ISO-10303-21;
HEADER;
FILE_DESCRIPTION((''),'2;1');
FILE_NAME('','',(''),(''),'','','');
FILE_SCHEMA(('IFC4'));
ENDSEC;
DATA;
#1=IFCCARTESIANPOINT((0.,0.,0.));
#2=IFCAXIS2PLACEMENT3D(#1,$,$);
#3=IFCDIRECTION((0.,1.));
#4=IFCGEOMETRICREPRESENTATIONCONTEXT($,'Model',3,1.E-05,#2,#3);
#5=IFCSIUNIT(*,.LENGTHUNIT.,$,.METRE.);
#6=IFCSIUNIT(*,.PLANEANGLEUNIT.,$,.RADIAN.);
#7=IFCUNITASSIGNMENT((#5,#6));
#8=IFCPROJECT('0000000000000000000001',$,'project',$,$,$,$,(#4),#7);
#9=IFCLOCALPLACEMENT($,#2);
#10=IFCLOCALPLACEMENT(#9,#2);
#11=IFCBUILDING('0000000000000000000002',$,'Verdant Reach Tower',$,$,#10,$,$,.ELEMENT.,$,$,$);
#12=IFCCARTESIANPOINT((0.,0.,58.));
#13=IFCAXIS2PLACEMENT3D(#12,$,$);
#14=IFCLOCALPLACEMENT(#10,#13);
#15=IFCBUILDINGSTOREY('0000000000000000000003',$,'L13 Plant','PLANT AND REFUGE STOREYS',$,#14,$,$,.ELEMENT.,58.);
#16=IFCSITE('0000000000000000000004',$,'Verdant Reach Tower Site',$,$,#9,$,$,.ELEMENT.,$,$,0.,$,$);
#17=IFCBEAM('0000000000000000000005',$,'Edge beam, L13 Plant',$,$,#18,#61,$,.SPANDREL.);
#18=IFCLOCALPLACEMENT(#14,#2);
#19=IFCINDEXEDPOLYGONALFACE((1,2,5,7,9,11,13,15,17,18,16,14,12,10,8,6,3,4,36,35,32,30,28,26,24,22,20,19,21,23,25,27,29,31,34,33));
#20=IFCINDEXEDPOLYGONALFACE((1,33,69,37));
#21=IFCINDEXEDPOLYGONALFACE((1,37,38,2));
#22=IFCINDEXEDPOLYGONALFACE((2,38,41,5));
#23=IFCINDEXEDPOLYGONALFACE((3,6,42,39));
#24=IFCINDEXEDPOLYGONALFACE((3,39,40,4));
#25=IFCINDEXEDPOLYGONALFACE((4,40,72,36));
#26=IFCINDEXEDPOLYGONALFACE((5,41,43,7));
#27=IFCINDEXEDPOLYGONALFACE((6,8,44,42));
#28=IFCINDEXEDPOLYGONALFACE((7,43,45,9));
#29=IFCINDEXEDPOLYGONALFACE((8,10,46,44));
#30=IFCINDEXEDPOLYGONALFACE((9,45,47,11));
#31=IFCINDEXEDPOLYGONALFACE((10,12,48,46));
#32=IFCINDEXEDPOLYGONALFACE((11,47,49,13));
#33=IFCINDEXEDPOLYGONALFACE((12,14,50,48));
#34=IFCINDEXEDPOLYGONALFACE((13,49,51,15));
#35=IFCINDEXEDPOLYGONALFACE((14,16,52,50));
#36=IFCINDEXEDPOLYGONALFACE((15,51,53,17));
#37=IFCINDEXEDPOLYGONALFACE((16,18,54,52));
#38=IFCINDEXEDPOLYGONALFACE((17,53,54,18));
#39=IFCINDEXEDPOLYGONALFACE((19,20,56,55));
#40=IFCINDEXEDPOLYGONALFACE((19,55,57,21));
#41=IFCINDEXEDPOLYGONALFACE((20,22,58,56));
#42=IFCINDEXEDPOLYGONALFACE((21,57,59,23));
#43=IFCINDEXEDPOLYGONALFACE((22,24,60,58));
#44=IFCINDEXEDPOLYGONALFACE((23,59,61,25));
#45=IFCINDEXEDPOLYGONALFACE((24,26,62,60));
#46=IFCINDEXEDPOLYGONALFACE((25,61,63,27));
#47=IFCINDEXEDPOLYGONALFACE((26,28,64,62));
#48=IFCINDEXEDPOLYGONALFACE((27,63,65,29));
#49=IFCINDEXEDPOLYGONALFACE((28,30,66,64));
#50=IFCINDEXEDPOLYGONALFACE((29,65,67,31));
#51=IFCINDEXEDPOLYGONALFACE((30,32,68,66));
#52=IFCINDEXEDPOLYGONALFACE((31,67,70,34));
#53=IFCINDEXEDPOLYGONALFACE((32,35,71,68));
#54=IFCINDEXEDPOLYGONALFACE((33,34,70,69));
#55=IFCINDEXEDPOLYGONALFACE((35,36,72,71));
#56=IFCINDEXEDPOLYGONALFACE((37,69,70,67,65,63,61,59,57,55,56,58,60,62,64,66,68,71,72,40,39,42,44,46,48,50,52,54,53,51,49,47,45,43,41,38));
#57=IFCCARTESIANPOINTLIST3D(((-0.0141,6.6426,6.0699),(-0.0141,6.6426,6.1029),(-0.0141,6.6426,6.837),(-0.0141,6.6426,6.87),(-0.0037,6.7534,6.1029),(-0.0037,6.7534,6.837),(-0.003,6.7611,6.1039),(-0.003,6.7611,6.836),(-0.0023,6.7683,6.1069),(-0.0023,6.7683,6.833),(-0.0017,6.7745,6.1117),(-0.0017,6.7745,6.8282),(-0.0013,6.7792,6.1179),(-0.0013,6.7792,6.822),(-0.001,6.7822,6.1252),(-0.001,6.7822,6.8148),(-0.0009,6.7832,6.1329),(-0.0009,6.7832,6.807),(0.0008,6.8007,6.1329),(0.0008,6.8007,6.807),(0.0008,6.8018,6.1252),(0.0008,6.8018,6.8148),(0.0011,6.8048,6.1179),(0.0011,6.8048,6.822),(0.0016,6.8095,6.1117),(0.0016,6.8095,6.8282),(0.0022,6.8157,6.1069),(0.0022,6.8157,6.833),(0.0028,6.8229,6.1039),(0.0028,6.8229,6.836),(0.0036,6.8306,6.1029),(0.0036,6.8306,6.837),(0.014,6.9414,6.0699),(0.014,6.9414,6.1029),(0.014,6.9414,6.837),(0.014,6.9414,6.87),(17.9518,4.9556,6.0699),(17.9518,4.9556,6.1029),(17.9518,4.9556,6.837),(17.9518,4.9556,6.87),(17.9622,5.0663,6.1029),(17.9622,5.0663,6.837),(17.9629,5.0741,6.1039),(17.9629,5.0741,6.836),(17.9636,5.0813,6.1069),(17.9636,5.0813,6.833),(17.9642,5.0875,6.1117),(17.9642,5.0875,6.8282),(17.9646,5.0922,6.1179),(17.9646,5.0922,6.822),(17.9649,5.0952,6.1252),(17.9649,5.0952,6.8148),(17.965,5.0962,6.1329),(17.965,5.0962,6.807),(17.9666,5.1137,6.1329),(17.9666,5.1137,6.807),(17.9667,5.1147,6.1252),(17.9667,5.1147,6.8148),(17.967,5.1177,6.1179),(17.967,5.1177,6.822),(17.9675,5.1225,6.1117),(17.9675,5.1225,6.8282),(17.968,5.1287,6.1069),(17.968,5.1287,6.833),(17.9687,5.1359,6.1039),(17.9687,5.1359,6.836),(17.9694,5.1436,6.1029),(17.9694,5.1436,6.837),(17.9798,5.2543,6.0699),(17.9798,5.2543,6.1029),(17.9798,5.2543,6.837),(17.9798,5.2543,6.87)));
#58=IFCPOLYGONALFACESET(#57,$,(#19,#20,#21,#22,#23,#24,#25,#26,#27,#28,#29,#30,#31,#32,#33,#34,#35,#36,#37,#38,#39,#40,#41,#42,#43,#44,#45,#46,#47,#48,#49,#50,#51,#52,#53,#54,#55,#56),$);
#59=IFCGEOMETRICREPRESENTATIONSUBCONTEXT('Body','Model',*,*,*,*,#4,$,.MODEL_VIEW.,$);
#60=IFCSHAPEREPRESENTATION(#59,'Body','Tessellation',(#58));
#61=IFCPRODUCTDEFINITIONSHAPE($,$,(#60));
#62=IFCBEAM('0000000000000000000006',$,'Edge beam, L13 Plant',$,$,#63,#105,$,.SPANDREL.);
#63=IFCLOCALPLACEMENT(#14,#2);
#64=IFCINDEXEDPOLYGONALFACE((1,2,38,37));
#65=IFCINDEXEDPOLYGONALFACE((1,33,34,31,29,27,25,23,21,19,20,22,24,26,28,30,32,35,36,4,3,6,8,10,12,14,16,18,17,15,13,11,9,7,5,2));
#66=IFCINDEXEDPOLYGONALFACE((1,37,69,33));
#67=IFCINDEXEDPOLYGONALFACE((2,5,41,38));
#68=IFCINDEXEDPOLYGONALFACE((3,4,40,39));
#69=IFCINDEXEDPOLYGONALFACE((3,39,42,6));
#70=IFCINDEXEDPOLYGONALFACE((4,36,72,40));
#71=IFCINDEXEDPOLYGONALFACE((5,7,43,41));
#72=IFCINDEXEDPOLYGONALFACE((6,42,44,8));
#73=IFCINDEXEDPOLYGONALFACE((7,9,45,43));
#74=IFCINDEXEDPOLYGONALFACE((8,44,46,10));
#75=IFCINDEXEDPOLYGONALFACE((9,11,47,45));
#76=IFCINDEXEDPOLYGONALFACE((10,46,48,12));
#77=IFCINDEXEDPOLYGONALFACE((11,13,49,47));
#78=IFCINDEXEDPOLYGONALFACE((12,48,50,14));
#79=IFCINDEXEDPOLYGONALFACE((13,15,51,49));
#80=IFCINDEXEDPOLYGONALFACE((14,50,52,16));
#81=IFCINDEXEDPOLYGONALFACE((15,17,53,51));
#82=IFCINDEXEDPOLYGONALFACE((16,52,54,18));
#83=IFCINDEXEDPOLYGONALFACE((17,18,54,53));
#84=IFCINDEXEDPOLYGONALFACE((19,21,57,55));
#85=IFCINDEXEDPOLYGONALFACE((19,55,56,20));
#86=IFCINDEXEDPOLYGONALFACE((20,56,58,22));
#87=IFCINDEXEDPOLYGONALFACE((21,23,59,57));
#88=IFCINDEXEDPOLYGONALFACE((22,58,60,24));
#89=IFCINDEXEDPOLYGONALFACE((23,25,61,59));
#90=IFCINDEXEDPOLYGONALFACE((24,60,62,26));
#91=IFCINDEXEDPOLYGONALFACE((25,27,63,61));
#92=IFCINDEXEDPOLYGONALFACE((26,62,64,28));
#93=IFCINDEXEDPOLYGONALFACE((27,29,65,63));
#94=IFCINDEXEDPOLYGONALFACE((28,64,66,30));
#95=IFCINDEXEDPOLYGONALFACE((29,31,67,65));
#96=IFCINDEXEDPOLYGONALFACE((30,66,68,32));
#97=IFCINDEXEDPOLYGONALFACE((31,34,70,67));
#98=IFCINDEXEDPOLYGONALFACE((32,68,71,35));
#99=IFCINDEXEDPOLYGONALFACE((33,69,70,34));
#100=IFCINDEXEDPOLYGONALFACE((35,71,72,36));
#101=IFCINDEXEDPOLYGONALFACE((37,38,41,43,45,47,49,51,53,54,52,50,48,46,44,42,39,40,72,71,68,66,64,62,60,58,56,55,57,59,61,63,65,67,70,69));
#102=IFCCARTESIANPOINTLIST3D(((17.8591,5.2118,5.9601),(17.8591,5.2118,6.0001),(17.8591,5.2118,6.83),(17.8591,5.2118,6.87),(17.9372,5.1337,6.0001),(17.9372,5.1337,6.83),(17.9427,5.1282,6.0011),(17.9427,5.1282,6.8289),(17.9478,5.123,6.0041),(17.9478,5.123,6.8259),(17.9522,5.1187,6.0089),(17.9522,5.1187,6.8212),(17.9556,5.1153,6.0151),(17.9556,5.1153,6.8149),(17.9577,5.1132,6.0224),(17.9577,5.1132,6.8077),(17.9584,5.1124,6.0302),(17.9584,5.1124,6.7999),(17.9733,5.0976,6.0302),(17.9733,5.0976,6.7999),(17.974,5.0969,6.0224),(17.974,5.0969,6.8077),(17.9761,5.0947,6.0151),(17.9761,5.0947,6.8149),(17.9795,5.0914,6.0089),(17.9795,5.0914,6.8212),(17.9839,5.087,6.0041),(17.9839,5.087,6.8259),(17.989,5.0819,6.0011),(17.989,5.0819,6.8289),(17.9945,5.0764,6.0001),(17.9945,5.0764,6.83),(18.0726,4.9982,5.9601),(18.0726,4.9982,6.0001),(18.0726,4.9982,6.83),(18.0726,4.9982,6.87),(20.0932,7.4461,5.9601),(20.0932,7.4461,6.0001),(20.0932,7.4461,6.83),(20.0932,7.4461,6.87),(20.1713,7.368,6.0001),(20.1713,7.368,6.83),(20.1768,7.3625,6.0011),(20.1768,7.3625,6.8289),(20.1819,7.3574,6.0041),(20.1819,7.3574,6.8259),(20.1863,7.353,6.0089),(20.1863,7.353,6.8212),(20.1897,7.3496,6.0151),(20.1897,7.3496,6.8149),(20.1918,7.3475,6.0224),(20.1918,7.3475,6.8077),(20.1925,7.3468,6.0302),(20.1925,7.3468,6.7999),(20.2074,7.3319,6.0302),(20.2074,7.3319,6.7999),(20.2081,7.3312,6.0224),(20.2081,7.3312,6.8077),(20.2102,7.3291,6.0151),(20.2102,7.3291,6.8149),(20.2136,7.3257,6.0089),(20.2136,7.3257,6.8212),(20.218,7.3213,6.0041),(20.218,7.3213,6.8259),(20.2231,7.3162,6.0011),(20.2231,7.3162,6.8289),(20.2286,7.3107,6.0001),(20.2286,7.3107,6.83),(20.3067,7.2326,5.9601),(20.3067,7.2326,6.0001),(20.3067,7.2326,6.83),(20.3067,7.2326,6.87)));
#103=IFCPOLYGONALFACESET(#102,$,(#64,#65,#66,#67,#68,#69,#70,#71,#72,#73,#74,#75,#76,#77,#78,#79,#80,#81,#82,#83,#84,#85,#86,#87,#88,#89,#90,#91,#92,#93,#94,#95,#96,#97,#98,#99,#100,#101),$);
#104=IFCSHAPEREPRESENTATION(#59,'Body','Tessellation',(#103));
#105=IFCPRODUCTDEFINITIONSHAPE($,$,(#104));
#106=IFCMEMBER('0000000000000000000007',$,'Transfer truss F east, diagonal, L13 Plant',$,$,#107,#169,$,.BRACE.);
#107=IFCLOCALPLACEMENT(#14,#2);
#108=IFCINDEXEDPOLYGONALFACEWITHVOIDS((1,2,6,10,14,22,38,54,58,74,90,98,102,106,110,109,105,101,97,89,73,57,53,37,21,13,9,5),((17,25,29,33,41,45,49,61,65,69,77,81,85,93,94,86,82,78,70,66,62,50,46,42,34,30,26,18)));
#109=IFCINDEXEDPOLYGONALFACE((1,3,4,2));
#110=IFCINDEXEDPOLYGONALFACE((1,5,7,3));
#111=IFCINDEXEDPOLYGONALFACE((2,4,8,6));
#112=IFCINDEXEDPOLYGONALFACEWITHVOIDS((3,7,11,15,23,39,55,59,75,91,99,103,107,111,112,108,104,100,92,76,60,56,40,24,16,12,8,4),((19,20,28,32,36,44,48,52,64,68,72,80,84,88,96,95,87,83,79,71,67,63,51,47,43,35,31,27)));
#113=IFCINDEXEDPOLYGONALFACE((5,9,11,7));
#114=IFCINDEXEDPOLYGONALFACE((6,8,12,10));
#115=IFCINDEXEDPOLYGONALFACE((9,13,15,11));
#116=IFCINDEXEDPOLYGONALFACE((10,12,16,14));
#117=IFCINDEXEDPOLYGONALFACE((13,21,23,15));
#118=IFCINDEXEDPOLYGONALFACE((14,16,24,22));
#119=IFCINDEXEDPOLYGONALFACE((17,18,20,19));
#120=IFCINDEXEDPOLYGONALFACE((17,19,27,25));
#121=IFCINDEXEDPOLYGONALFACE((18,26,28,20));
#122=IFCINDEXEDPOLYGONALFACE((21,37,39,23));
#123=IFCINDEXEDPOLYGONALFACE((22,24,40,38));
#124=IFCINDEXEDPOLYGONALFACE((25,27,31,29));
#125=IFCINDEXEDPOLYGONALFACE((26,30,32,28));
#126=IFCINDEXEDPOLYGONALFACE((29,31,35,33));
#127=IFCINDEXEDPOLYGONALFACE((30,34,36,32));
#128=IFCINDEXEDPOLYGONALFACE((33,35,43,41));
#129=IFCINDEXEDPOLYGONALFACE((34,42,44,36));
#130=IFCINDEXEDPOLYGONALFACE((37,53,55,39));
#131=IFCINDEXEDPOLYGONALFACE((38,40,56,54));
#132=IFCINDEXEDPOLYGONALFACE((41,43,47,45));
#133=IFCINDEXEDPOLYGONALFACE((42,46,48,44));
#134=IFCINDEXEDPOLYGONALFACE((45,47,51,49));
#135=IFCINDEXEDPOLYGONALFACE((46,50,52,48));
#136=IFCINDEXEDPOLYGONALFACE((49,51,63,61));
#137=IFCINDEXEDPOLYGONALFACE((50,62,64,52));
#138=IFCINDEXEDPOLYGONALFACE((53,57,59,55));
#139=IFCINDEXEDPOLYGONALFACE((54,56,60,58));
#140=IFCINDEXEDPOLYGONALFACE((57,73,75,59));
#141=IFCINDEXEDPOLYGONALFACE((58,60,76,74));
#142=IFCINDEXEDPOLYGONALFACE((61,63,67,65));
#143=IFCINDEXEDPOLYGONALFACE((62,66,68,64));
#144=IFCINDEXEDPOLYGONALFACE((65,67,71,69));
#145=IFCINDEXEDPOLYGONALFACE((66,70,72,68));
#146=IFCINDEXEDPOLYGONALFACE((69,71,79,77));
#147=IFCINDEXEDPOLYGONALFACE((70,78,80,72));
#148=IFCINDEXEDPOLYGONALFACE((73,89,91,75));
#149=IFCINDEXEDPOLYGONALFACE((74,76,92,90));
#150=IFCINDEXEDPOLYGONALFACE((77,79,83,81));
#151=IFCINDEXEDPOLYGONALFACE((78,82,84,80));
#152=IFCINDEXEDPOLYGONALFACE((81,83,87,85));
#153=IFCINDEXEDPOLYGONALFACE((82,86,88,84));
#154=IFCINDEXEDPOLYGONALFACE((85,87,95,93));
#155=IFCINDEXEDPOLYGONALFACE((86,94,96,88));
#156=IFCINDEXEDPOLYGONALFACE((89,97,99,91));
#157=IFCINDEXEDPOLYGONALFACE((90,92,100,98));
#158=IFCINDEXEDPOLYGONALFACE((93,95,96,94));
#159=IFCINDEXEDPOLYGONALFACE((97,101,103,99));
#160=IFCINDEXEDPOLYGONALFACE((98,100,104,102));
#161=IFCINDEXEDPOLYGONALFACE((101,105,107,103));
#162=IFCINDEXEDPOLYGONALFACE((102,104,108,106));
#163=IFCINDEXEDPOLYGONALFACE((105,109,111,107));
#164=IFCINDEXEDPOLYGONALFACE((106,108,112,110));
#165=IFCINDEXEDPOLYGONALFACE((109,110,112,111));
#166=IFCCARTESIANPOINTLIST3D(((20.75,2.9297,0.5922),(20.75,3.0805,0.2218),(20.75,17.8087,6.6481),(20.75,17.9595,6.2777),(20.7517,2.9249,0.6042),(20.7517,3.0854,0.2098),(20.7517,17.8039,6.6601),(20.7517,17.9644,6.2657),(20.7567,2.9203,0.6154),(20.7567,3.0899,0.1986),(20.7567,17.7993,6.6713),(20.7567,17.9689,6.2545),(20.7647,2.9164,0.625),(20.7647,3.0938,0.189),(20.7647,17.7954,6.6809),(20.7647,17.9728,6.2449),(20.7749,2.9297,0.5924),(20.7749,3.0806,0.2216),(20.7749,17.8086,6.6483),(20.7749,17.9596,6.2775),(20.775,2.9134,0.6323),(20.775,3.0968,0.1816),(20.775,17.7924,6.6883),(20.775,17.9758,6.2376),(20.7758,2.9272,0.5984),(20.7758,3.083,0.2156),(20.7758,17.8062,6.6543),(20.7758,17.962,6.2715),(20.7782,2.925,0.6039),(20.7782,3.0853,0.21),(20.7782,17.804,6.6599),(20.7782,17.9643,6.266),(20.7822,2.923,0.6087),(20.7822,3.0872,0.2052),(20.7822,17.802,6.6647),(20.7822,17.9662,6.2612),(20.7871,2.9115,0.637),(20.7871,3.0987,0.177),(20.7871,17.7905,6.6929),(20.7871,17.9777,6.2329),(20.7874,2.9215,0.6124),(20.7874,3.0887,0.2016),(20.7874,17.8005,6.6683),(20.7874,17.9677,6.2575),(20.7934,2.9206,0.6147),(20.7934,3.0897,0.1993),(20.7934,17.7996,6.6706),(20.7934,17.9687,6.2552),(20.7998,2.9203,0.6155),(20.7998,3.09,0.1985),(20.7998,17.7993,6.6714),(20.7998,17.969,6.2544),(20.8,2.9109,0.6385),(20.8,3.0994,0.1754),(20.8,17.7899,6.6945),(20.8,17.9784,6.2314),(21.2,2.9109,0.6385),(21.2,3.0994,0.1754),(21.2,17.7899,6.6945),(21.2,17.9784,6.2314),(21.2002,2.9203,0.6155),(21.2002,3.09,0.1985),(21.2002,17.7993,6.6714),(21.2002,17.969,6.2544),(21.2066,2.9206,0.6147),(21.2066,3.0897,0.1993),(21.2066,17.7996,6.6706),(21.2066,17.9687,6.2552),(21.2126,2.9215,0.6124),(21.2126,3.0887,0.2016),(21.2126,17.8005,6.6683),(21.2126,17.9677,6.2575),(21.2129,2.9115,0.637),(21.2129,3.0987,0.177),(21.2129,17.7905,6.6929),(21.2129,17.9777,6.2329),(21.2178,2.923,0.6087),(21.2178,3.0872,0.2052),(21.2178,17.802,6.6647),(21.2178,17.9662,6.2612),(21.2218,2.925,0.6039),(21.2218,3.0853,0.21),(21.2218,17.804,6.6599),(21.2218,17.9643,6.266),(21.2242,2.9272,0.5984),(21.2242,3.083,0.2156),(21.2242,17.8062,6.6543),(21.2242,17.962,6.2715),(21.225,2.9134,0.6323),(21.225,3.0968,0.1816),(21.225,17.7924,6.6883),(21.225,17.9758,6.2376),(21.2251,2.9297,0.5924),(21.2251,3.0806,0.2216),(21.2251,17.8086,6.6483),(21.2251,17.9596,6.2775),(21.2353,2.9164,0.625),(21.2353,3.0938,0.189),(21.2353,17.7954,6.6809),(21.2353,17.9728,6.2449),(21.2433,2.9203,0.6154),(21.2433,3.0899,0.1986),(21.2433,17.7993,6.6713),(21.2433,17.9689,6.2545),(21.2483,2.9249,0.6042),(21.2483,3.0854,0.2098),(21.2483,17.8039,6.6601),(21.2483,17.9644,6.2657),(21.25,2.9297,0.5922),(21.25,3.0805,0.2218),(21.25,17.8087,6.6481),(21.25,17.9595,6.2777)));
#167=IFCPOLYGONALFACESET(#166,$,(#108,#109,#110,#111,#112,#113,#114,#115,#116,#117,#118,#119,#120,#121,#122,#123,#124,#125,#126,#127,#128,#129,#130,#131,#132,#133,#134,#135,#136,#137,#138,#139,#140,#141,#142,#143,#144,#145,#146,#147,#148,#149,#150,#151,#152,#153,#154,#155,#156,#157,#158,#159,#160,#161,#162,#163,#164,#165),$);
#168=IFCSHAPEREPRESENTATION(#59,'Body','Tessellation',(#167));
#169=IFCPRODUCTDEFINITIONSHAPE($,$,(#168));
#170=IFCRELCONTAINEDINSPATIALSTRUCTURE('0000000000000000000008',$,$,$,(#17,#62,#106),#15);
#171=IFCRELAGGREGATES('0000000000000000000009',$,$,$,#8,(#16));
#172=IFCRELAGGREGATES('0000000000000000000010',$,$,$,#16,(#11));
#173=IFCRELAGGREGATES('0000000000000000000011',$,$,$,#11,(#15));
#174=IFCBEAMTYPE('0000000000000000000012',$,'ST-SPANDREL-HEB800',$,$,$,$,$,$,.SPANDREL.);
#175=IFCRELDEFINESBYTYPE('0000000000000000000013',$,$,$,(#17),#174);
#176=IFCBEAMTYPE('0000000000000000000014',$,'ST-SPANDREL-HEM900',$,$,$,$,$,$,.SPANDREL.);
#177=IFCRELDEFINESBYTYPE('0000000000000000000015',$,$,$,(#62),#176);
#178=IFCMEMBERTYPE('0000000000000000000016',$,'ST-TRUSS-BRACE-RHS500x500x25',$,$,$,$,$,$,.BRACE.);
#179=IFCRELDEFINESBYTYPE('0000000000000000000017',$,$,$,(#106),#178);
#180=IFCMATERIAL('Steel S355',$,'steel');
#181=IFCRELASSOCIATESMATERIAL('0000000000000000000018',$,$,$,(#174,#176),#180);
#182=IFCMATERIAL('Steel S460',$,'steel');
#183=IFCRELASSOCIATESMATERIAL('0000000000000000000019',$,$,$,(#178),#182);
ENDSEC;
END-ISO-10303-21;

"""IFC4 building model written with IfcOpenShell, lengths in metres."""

from ifc_helpers import new_model, si_unit, direction, frame, origin, origin_2d, place, context, subcontext, project, spatial, hollow_rectangle, i_section, extrude, material, material_profile, profile_set, type_object, element, save


model = new_model("IFC4")

# Units and contexts
model_context = context("Model", 3, precision=1e-05, world=origin(), true_north=direction((0.0, 1.0)))
body_context = subcontext(model_context, "Body", "Model", "MODEL_VIEW")
ifc_project = project(units=[si_unit("LENGTHUNIT", "METRE"), si_unit("PLANEANGLEUNIT", "RADIAN")], contexts=[model_context])

# Site, building, storey
site_placement = place(None, origin())
site = spatial("IfcSite", under=ifc_project, at=site_placement, Name="Verdant Reach Tower Site", CompositionType="ELEMENT", RefElevation=0.0)
building_placement = place(site_placement, origin())
building = spatial("IfcBuilding", under=site, at=building_placement, Name="Verdant Reach Tower", CompositionType="ELEMENT")
storey_placement = place(building_placement, frame((0.0, 0.0, 58.0)))
storey = spatial("IfcBuildingStorey", under=building, at=storey_placement, Name="L13 Plant", Description="PLANT AND REFUGE STOREYS", CompositionType="ELEMENT", Elevation=58.0)

# Shared definitions
ifc_material_1 = material(Name="Steel S460", Category="steel")

# Beams
ifc_material_2 = material(Name="Steel S355", Category="steel")
ifc_material_profile_1 = material_profile(ifc_material_2, i_section(OverallWidth=0.3, OverallDepth=0.8, WebThickness=0.0176, FlangeThickness=0.033, FilletRadius=0.03, at=origin_2d()), Name="HEB 800")
ifc_profile_set_1 = profile_set([ifc_material_profile_1], Name="Steel S355")
beam_type_1 = type_object("IfcBeamType", Name="ST-SPANDREL-HEB800", PredefinedType="SPANDREL", material=ifc_profile_set_1)
beam_1_placement = place(storey_placement, frame((17.9658, 5.105, 6.47), z_axis=(-0.99562, 0.09349, 0.0), x_axis=(-0.09349, -0.99562, 0.0)))
element("IfcBeam", 1, at=beam_1_placement, inside=storey, type_object=beam_type_1, Name="Edge beam, L13 Plant", PredefinedType="SPANDREL", context=body_context, shape_type="SweptSolid", body=[
    extrude(i_section(OverallWidth=0.3, OverallDepth=0.8, WebThickness=0.0176, FlangeThickness=0.033, FilletRadius=0.03, at=origin_2d()), origin(), (0.0, 0.0, 1.0), 18.0449),
])
ifc_material_profile_2 = material_profile(ifc_material_2, i_section(OverallWidth=0.302, OverallDepth=0.9099, WebThickness=0.021, FlangeThickness=0.04, FilletRadius=0.03, at=origin_2d()), Name="HEM 900")
ifc_profile_set_2 = profile_set([ifc_material_profile_2], Name="Steel S355")
beam_type_2 = type_object("IfcBeamType", Name="ST-SPANDREL-HEM900", PredefinedType="SPANDREL", material=ifc_profile_set_2)
beam_2_placement = place(storey_placement, frame((20.2, 7.3394, 6.415), z_axis=(-0.707068, -0.707145, 0.0), x_axis=(0.707145, -0.707068, 0.0)))
element("IfcBeam", 2, at=beam_2_placement, inside=storey, type_object=beam_type_2, Name="Edge beam, L13 Plant", PredefinedType="SPANDREL", context=body_context, shape_type="SweptSolid", body=[
    extrude(i_section(OverallWidth=0.302, OverallDepth=0.9099, WebThickness=0.021, FlangeThickness=0.04, FilletRadius=0.03, at=origin_2d()), origin(), (0.0, 0.0, 1.0), 3.1597),
])

# Member
ifc_material_profile_3 = material_profile(ifc_material_1, hollow_rectangle(XDim=0.5, YDim=0.5, WallThickness=0.0249, InnerFilletRadius=0.0249, OuterFilletRadius=0.05, at=origin_2d()), Name="RHS 500x500x25")
ifc_profile_set_3 = profile_set([ifc_material_profile_3], Name="Steel S460")
member_type_1 = type_object("IfcMemberType", Name="ST-TRUSS-BRACE-RHS500x500x25", PredefinedType="BRACE", material=ifc_profile_set_3)
member_1_placement = place(storey_placement, frame((21.0, 3.0051, 0.407), z_axis=(0.0, 0.92622, 0.376984), x_axis=(-1.0, 0.0, 0.0)))
element("IfcMember", 3, at=member_1_placement, inside=storey, type_object=member_type_1, Name="Transfer truss F east, diagonal, L13 Plant", PredefinedType="BRACE", context=body_context, shape_type="SweptSolid", body=[
    extrude(hollow_rectangle(XDim=0.5, YDim=0.5, WallThickness=0.0249, InnerFilletRadius=0.0249, OuterFilletRadius=0.05, at=origin_2d()), origin(), (0.0, 0.0, 1.0), 16.0642),
])

save(model, "model.ifc")
